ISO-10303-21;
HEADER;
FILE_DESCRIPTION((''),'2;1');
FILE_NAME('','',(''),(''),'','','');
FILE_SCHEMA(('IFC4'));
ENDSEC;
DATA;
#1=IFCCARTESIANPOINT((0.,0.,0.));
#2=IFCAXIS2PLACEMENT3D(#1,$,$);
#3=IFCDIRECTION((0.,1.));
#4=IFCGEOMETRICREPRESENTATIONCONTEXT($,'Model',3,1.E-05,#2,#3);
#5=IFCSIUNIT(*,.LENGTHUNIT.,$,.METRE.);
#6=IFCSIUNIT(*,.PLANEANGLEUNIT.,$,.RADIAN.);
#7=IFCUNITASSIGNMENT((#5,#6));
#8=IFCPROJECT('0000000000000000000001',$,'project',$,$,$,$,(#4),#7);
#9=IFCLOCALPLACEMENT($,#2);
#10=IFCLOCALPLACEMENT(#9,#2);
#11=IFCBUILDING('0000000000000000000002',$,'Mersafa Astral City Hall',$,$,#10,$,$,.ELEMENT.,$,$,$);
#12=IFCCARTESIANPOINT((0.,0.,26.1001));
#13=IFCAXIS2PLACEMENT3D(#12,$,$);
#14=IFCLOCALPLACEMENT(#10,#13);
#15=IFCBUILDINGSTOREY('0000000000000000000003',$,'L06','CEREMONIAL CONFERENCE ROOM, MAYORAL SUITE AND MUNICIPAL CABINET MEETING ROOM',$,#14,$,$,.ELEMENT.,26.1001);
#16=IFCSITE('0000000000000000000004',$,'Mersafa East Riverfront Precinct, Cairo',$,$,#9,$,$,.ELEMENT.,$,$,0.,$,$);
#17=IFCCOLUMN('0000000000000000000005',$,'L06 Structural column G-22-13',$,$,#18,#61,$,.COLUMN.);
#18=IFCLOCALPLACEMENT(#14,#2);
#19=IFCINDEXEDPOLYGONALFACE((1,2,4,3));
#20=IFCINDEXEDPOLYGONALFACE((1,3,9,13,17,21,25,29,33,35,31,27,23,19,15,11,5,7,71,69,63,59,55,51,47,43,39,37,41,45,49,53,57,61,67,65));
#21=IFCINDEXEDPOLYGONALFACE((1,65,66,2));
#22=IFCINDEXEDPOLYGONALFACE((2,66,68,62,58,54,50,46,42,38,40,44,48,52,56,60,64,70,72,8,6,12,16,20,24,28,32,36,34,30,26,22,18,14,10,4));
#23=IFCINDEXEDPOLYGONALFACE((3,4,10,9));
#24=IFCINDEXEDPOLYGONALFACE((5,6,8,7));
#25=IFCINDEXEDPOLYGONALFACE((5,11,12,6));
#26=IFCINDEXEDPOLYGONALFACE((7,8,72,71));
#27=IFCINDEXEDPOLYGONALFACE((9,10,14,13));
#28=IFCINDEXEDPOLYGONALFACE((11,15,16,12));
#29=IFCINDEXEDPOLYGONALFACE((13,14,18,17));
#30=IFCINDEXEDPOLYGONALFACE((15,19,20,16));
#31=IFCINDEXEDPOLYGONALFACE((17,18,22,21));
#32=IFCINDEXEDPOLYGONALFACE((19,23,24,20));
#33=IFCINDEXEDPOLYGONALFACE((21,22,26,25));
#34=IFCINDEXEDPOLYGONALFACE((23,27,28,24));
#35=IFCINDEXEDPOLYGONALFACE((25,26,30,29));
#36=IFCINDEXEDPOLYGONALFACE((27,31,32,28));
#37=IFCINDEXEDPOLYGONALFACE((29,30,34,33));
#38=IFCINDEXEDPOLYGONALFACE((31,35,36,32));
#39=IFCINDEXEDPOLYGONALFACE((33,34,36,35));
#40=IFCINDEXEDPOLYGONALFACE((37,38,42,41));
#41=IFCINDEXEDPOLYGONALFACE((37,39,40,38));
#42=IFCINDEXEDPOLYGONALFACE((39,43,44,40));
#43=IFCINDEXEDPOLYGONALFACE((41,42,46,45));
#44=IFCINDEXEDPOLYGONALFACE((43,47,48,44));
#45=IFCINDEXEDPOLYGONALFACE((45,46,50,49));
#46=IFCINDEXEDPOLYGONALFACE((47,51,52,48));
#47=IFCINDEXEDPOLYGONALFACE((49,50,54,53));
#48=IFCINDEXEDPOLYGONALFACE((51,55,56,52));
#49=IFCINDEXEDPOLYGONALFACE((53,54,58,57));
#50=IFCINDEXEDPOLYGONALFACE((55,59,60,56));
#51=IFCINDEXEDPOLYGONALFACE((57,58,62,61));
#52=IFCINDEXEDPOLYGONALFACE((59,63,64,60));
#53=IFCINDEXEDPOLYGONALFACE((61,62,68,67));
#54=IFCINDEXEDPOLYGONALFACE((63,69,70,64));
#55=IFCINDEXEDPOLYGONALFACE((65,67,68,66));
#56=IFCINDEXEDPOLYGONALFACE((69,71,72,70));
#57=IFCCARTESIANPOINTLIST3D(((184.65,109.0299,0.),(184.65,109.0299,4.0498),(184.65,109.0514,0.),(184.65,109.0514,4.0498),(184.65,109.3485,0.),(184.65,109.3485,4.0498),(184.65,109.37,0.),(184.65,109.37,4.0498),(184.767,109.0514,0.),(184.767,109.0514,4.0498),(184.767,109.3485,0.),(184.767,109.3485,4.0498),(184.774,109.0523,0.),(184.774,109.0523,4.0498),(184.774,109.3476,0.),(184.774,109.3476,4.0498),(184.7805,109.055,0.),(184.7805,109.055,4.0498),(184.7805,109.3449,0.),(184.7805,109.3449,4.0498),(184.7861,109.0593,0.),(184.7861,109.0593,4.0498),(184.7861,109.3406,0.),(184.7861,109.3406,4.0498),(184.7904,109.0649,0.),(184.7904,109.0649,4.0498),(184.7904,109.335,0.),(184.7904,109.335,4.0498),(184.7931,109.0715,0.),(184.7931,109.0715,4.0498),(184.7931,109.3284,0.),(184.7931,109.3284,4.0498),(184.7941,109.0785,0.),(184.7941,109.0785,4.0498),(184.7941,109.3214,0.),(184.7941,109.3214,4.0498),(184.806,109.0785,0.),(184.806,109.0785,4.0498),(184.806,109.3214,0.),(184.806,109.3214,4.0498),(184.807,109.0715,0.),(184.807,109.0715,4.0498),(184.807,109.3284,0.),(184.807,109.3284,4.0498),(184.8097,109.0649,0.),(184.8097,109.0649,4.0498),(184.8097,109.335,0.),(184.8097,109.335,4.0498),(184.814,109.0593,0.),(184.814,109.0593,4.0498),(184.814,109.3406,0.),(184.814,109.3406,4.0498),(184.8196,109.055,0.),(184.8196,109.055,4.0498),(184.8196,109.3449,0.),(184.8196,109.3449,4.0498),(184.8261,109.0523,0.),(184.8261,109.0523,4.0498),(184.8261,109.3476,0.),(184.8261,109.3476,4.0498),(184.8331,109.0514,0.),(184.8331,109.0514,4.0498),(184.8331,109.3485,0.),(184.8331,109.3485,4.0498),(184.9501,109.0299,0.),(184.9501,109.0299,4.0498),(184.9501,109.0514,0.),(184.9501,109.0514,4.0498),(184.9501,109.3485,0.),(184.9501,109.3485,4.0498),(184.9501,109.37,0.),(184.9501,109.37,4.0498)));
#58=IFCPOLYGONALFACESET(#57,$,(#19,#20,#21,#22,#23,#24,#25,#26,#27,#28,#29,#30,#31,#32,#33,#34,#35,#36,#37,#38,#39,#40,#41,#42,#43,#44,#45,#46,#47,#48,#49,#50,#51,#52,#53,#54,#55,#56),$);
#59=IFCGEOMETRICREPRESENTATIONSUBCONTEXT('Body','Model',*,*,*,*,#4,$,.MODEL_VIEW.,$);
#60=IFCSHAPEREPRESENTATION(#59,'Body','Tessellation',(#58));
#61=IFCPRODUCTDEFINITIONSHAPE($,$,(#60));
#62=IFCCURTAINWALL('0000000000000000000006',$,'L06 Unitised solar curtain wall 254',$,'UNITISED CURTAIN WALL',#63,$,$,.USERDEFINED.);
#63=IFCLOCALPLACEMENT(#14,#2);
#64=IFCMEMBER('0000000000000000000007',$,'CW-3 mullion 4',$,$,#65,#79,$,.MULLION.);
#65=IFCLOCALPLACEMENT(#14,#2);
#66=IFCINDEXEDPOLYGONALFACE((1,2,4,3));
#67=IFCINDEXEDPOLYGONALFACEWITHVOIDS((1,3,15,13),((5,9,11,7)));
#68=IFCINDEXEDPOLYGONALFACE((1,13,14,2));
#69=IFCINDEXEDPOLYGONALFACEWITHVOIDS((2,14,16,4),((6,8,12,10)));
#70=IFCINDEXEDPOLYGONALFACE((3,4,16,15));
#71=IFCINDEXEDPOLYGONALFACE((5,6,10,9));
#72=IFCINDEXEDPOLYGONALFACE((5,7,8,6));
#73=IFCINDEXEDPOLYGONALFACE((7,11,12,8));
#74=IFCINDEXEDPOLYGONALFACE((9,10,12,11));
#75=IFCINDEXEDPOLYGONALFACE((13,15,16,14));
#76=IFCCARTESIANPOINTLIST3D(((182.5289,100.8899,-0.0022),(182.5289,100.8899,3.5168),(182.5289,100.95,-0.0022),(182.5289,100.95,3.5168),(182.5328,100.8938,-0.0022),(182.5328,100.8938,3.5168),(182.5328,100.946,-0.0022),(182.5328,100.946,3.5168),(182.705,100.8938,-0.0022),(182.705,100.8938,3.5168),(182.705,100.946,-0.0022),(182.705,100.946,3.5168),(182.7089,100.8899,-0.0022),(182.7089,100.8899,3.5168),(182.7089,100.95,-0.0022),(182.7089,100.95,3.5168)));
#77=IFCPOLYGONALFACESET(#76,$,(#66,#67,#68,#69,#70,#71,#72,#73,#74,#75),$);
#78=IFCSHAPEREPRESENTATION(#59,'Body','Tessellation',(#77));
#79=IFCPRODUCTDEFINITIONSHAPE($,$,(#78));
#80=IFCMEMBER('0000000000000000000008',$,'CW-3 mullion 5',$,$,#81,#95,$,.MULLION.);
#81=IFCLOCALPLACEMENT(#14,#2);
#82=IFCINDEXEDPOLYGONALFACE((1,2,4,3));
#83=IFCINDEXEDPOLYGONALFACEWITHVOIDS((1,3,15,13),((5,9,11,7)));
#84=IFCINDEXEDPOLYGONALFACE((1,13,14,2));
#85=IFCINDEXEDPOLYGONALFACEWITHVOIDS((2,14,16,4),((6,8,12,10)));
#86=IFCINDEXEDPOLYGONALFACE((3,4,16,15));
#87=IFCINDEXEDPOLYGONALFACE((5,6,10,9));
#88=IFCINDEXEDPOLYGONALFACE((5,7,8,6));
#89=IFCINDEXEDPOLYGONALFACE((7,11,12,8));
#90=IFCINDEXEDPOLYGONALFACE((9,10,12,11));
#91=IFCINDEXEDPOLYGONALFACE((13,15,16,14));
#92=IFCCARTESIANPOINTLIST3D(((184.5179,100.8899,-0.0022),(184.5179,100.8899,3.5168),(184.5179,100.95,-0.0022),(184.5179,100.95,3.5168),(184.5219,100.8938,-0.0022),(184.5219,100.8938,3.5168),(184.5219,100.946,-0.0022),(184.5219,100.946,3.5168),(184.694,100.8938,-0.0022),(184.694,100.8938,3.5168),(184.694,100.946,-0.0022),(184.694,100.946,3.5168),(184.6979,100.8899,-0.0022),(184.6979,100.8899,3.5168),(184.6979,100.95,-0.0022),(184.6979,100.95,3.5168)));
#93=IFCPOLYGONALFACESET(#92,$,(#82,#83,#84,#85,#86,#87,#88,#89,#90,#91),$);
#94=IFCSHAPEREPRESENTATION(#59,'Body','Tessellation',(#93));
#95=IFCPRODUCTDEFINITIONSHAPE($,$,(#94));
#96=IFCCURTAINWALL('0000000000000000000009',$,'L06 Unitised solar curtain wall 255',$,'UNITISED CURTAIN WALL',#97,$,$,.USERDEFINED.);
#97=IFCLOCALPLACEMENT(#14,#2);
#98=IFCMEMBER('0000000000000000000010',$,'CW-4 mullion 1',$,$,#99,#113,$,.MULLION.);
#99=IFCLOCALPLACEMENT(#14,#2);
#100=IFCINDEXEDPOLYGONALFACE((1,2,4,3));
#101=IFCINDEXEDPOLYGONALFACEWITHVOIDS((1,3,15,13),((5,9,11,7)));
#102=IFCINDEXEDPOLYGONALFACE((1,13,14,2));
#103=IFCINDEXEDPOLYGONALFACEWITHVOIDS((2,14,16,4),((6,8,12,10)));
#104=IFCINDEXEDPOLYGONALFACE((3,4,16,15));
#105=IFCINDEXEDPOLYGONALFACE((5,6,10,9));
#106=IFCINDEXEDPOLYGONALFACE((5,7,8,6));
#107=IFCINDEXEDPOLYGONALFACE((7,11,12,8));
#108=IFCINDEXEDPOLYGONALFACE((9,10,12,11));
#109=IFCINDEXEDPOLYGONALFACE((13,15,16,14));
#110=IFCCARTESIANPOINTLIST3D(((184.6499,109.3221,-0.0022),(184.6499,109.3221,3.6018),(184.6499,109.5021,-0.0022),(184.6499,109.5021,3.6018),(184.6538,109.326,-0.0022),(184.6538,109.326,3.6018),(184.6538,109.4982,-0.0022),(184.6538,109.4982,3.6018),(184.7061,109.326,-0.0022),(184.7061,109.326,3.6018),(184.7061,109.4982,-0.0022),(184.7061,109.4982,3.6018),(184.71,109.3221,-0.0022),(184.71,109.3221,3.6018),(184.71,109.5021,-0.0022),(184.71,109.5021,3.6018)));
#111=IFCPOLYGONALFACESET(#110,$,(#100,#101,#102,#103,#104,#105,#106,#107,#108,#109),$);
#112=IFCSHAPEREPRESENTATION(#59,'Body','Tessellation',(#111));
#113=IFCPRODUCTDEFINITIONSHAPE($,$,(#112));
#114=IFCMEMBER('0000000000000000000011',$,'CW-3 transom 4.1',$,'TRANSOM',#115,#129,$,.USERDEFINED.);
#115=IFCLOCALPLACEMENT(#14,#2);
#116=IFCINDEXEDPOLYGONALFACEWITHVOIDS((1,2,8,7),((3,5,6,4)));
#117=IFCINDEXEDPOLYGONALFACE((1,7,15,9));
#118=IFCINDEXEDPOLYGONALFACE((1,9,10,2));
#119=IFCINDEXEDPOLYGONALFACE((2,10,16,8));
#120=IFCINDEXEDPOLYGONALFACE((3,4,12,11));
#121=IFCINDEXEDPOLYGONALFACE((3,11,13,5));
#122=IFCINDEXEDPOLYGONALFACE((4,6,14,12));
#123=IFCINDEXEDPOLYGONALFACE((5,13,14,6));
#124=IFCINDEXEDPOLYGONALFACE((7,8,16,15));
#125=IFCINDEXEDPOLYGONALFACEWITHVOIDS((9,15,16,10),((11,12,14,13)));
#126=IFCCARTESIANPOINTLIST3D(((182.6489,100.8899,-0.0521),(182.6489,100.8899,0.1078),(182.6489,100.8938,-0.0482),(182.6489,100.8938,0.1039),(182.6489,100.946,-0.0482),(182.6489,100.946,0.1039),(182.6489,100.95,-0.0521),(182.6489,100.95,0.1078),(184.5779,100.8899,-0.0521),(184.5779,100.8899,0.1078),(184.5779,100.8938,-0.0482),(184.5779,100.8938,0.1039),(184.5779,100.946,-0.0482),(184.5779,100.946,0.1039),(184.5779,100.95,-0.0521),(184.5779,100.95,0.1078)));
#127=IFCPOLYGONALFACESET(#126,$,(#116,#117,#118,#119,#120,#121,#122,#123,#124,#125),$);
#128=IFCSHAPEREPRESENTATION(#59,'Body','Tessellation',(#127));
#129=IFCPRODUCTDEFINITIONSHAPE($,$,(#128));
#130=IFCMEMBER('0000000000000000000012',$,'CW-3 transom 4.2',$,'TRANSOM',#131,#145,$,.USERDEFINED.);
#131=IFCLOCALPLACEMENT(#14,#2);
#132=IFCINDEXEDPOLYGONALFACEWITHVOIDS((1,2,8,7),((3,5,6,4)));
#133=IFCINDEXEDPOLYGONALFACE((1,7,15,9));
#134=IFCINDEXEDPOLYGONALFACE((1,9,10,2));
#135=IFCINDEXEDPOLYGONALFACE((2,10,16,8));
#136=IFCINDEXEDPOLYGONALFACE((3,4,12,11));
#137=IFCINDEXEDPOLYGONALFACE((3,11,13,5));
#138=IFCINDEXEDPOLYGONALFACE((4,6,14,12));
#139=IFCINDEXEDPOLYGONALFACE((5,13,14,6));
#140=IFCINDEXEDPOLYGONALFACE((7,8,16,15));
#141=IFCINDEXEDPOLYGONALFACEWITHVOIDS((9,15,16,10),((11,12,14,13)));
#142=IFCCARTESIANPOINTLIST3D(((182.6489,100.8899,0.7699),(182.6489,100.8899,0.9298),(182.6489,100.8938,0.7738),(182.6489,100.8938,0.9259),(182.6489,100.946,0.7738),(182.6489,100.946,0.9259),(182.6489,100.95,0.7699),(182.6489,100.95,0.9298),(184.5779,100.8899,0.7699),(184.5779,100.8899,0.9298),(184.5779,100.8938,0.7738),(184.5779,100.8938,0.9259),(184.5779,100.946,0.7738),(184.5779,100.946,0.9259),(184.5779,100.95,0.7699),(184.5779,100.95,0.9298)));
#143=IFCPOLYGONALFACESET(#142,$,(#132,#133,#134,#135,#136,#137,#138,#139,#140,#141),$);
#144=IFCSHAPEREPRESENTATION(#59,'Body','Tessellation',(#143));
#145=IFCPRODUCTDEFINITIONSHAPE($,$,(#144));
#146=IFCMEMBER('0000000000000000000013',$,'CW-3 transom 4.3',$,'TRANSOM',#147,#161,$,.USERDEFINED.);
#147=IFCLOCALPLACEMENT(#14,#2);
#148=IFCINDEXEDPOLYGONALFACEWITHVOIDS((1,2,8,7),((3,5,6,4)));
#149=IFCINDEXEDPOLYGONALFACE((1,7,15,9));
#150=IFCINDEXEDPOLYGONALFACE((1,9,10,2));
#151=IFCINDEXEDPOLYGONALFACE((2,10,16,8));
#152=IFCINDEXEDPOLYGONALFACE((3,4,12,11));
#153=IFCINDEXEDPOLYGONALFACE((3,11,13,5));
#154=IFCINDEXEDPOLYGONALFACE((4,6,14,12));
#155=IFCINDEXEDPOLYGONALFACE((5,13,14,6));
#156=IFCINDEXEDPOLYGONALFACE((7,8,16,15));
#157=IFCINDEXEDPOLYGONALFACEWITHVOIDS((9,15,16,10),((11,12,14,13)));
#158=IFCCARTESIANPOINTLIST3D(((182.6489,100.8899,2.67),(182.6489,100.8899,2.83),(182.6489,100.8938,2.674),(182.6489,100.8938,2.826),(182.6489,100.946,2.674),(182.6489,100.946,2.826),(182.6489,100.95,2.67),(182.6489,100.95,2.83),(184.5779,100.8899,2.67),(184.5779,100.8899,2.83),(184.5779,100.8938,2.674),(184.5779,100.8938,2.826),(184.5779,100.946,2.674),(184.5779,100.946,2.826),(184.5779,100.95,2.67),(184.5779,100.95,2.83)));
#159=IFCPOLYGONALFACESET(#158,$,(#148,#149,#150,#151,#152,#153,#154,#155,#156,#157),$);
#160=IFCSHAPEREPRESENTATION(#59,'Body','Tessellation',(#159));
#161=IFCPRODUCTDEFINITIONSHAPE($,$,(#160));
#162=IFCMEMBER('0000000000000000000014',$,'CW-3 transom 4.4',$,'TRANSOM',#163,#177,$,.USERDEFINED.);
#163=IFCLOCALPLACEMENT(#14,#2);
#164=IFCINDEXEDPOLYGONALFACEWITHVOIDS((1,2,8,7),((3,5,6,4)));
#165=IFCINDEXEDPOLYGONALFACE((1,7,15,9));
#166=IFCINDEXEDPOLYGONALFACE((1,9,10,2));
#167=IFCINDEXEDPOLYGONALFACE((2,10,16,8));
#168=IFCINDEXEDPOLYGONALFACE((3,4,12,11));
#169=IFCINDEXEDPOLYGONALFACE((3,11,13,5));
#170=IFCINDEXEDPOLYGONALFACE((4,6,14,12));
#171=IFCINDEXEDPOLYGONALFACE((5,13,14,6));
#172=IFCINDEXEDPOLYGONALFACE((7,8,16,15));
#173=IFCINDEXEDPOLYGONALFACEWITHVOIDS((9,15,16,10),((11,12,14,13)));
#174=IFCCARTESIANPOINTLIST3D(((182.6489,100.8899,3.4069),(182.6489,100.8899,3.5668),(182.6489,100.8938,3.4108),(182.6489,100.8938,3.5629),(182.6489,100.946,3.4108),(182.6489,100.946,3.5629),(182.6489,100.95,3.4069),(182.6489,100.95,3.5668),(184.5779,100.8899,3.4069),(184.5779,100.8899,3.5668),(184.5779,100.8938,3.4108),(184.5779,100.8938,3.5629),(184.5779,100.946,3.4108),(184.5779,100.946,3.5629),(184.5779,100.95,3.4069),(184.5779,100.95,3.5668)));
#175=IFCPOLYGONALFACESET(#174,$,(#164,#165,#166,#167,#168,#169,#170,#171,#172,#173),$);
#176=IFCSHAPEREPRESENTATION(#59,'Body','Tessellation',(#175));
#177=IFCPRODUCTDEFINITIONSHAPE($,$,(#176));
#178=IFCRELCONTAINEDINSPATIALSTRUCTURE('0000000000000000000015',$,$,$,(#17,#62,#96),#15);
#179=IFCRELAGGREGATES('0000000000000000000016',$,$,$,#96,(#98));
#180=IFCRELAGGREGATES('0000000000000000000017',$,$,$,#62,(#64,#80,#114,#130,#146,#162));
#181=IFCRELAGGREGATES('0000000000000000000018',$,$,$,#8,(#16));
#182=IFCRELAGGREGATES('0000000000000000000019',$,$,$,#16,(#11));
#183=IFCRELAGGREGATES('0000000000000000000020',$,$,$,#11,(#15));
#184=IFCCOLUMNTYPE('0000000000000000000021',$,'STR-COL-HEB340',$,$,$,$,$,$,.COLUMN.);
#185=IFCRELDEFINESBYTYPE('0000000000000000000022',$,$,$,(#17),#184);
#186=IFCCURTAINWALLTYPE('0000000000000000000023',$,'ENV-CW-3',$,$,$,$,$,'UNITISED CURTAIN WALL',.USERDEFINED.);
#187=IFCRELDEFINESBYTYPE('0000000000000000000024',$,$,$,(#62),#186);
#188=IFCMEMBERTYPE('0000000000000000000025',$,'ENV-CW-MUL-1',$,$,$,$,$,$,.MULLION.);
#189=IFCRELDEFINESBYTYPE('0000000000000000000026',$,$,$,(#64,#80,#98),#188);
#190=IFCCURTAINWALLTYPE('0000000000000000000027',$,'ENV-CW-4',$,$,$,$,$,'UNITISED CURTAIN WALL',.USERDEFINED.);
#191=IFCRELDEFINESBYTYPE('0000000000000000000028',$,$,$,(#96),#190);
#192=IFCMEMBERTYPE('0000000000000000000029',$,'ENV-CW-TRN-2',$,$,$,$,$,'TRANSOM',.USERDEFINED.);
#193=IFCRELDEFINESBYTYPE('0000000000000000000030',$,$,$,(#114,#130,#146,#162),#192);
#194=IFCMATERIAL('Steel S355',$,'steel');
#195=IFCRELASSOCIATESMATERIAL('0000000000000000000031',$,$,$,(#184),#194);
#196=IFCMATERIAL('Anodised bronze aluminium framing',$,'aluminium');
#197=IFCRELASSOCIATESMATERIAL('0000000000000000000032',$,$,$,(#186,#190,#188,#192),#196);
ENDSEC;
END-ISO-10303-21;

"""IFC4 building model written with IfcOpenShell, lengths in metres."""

from ifc_helpers import new_model, si_unit, direction, frame, origin, origin_2d, place, context, subcontext, project, spatial, hollow_rectangle, i_section, extrude, material, material_profile, profile_set, type_object, element, aggregate, save


model = new_model("IFC4")

# Units and contexts
model_context = context("Model", 3, precision=1e-05, world=origin(), true_north=direction((0.0, 1.0)))
body_context = subcontext(model_context, "Body", "Model", "MODEL_VIEW")
ifc_project = project(units=[si_unit("LENGTHUNIT", "METRE"), si_unit("PLANEANGLEUNIT", "RADIAN")], contexts=[model_context])

# Site, building, storey
site_placement = place(None, origin())
site = spatial("IfcSite", under=ifc_project, at=site_placement, Name="Mersafa East Riverfront Precinct, Cairo", CompositionType="ELEMENT", RefElevation=0.0)
building_placement = place(site_placement, origin())
building = spatial("IfcBuilding", under=site, at=building_placement, Name="Mersafa Astral City Hall", CompositionType="ELEMENT")
storey_placement = place(building_placement, frame((0.0, 0.0, 26.1001)))
storey = spatial("IfcBuildingStorey", under=building, at=storey_placement, Name="L06", Description="CEREMONIAL CONFERENCE ROOM, MAYORAL SUITE AND MUNICIPAL CABINET MEETING ROOM", CompositionType="ELEMENT", Elevation=26.1001)

# Column
ifc_material_1 = material(Name="Steel S355", Category="steel")
ifc_material_profile_1 = material_profile(ifc_material_1, i_section(OverallWidth=0.3, OverallDepth=0.3401, WebThickness=0.012, FlangeThickness=0.0215, FilletRadius=0.0271, at=origin_2d()), Name="HEB 340")
ifc_profile_set_1 = profile_set([ifc_material_profile_1], Name="Steel S355")
column_type = type_object("IfcColumnType", Name="STR-COL-HEB340", PredefinedType="COLUMN", material=ifc_profile_set_1)
column_placement = place(storey_placement, frame((184.8, 109.2, 0.0), z_axis=(0.0, 0.0, 1.0), x_axis=(1.0, 0.0, 0.0)))
element("IfcColumn", 1, at=column_placement, inside=storey, type_object=column_type, Name="L06 Structural column G-22-13", PredefinedType="COLUMN", context=body_context, shape_type="SweptSolid", body=[
    extrude(i_section(OverallWidth=0.3, OverallDepth=0.3401, WebThickness=0.012, FlangeThickness=0.0215, FilletRadius=0.0271, at=origin_2d()), origin(), (0.0, 0.0, 1.0), 4.0498),
])

# Curtain wall, members
ifc_material_2 = material(Name="Anodised bronze aluminium framing", Category="aluminium")
curtain_wall_type_1 = type_object("IfcCurtainWallType", Name="ENV-CW-3", ElementType="UNITISED CURTAIN WALL", PredefinedType="USERDEFINED", material=ifc_material_2)
curtain_wall_1_placement = place(storey_placement, origin())
curtain_wall_1 = element("IfcCurtainWall", 2, at=curtain_wall_1_placement, inside=storey, type_object=curtain_wall_type_1, Name="L06 Unitised solar curtain wall 254", ObjectType="UNITISED CURTAIN WALL", PredefinedType="USERDEFINED")
ifc_material_profile_2 = material_profile(ifc_material_2, hollow_rectangle(XDim=0.0601, YDim=0.1799, WallThickness=0.0039, at=origin_2d()), Name="RHS 60x180x4")
ifc_profile_set_2 = profile_set([ifc_material_profile_2], Name="Anodised bronze aluminium framing")
member_type_1 = type_object("IfcMemberType", Name="ENV-CW-MUL-1", PredefinedType="MULLION", material=ifc_profile_set_2)
member_1_placement = place(storey_placement, frame((182.6189, 100.9199, -0.0022), z_axis=(0.0, 0.0, 1.0), x_axis=(0.0, 1.0, 0.0)))
member_1 = element("IfcMember", 3, at=member_1_placement, type_object=member_type_1, Name="CW-3 mullion 4", PredefinedType="MULLION", context=body_context, shape_type="SweptSolid", body=[
    extrude(hollow_rectangle(XDim=0.0601, YDim=0.1799, WallThickness=0.0039, at=origin_2d()), origin(), (0.0, 0.0, 1.0), 3.519),
])
member_2_placement = place(storey_placement, frame((184.6079, 100.9199, -0.0022), z_axis=(0.0, 0.0, 1.0), x_axis=(0.0, 1.0, 0.0)))
member_2 = element("IfcMember", 4, at=member_2_placement, type_object=member_type_1, Name="CW-3 mullion 5", PredefinedType="MULLION", context=body_context, shape_type="SweptSolid", body=[
    extrude(hollow_rectangle(XDim=0.0601, YDim=0.1799, WallThickness=0.0039, at=origin_2d()), origin(), (0.0, 0.0, 1.0), 3.519),
])

# Curtain wall, member
curtain_wall_type_2 = type_object("IfcCurtainWallType", Name="ENV-CW-4", ElementType="UNITISED CURTAIN WALL", PredefinedType="USERDEFINED", material=ifc_material_2)
curtain_wall_2_placement = place(storey_placement, origin())
curtain_wall_2 = element("IfcCurtainWall", 5, at=curtain_wall_2_placement, inside=storey, type_object=curtain_wall_type_2, Name="L06 Unitised solar curtain wall 255", ObjectType="UNITISED CURTAIN WALL", PredefinedType="USERDEFINED")
member_3_placement = place(storey_placement, frame((184.6799, 109.4121, -0.0022), z_axis=(0.0, 0.0, 1.0), x_axis=(-1.0, 0.0, 0.0)))
member_3 = element("IfcMember", 6, at=member_3_placement, type_object=member_type_1, Name="CW-4 mullion 1", PredefinedType="MULLION", context=body_context, shape_type="SweptSolid", body=[
    extrude(hollow_rectangle(XDim=0.0601, YDim=0.1799, WallThickness=0.0039, at=origin_2d()), origin(), (0.0, 0.0, 1.0), 3.604),
])
aggregate(curtain_wall_2, [member_3])

# Members
ifc_material_profile_3 = material_profile(ifc_material_2, hollow_rectangle(XDim=0.0601, YDim=0.1599, WallThickness=0.0039, at=origin_2d()), Name="RHS 60x160x4")
ifc_profile_set_3 = profile_set([ifc_material_profile_3], Name="Anodised bronze aluminium framing")
member_type_2 = type_object("IfcMemberType", Name="ENV-CW-TRN-2", ElementType="TRANSOM", PredefinedType="USERDEFINED", material=ifc_profile_set_3)
member_4_placement = place(storey_placement, frame((182.6489, 100.9199, 0.0278), z_axis=(1.0, 0.0, 0.0), x_axis=(0.0, 1.0, 0.0)))
member_4 = element("IfcMember", 7, at=member_4_placement, type_object=member_type_2, Name="CW-3 transom 4.1", ObjectType="TRANSOM", PredefinedType="USERDEFINED", context=body_context, shape_type="SweptSolid", body=[
    extrude(hollow_rectangle(XDim=0.0601, YDim=0.1599, WallThickness=0.0039, at=origin_2d()), origin(), (0.0, 0.0, 1.0), 1.929),
])
member_5_placement = place(storey_placement, frame((182.6489, 100.9199, 0.8499), z_axis=(1.0, 0.0, 0.0), x_axis=(0.0, 1.0, 0.0)))
member_5 = element("IfcMember", 8, at=member_5_placement, type_object=member_type_2, Name="CW-3 transom 4.2", ObjectType="TRANSOM", PredefinedType="USERDEFINED", context=body_context, shape_type="SweptSolid", body=[
    extrude(hollow_rectangle(XDim=0.0601, YDim=0.1599, WallThickness=0.0039, at=origin_2d()), origin(), (0.0, 0.0, 1.0), 1.929),
])
member_6_placement = place(storey_placement, frame((182.6489, 100.9199, 2.75), z_axis=(1.0, 0.0, 0.0), x_axis=(0.0, 1.0, 0.0)))
member_6 = element("IfcMember", 9, at=member_6_placement, type_object=member_type_2, Name="CW-3 transom 4.3", ObjectType="TRANSOM", PredefinedType="USERDEFINED", context=body_context, shape_type="SweptSolid", body=[
    extrude(hollow_rectangle(XDim=0.0601, YDim=0.1599, WallThickness=0.0039, at=origin_2d()), origin(), (0.0, 0.0, 1.0), 1.929),
])
member_7_placement = place(storey_placement, frame((182.6489, 100.9199, 3.4868), z_axis=(1.0, 0.0, 0.0), x_axis=(0.0, 1.0, 0.0)))
member_7 = element("IfcMember", 10, at=member_7_placement, type_object=member_type_2, Name="CW-3 transom 4.4", ObjectType="TRANSOM", PredefinedType="USERDEFINED", context=body_context, shape_type="SweptSolid", body=[
    extrude(hollow_rectangle(XDim=0.0601, YDim=0.1599, WallThickness=0.0039, at=origin_2d()), origin(), (0.0, 0.0, 1.0), 1.929),
])

aggregate(curtain_wall_1, [member_1, member_2, member_4, member_5, member_6, member_7])

save(model, "model.ifc")
